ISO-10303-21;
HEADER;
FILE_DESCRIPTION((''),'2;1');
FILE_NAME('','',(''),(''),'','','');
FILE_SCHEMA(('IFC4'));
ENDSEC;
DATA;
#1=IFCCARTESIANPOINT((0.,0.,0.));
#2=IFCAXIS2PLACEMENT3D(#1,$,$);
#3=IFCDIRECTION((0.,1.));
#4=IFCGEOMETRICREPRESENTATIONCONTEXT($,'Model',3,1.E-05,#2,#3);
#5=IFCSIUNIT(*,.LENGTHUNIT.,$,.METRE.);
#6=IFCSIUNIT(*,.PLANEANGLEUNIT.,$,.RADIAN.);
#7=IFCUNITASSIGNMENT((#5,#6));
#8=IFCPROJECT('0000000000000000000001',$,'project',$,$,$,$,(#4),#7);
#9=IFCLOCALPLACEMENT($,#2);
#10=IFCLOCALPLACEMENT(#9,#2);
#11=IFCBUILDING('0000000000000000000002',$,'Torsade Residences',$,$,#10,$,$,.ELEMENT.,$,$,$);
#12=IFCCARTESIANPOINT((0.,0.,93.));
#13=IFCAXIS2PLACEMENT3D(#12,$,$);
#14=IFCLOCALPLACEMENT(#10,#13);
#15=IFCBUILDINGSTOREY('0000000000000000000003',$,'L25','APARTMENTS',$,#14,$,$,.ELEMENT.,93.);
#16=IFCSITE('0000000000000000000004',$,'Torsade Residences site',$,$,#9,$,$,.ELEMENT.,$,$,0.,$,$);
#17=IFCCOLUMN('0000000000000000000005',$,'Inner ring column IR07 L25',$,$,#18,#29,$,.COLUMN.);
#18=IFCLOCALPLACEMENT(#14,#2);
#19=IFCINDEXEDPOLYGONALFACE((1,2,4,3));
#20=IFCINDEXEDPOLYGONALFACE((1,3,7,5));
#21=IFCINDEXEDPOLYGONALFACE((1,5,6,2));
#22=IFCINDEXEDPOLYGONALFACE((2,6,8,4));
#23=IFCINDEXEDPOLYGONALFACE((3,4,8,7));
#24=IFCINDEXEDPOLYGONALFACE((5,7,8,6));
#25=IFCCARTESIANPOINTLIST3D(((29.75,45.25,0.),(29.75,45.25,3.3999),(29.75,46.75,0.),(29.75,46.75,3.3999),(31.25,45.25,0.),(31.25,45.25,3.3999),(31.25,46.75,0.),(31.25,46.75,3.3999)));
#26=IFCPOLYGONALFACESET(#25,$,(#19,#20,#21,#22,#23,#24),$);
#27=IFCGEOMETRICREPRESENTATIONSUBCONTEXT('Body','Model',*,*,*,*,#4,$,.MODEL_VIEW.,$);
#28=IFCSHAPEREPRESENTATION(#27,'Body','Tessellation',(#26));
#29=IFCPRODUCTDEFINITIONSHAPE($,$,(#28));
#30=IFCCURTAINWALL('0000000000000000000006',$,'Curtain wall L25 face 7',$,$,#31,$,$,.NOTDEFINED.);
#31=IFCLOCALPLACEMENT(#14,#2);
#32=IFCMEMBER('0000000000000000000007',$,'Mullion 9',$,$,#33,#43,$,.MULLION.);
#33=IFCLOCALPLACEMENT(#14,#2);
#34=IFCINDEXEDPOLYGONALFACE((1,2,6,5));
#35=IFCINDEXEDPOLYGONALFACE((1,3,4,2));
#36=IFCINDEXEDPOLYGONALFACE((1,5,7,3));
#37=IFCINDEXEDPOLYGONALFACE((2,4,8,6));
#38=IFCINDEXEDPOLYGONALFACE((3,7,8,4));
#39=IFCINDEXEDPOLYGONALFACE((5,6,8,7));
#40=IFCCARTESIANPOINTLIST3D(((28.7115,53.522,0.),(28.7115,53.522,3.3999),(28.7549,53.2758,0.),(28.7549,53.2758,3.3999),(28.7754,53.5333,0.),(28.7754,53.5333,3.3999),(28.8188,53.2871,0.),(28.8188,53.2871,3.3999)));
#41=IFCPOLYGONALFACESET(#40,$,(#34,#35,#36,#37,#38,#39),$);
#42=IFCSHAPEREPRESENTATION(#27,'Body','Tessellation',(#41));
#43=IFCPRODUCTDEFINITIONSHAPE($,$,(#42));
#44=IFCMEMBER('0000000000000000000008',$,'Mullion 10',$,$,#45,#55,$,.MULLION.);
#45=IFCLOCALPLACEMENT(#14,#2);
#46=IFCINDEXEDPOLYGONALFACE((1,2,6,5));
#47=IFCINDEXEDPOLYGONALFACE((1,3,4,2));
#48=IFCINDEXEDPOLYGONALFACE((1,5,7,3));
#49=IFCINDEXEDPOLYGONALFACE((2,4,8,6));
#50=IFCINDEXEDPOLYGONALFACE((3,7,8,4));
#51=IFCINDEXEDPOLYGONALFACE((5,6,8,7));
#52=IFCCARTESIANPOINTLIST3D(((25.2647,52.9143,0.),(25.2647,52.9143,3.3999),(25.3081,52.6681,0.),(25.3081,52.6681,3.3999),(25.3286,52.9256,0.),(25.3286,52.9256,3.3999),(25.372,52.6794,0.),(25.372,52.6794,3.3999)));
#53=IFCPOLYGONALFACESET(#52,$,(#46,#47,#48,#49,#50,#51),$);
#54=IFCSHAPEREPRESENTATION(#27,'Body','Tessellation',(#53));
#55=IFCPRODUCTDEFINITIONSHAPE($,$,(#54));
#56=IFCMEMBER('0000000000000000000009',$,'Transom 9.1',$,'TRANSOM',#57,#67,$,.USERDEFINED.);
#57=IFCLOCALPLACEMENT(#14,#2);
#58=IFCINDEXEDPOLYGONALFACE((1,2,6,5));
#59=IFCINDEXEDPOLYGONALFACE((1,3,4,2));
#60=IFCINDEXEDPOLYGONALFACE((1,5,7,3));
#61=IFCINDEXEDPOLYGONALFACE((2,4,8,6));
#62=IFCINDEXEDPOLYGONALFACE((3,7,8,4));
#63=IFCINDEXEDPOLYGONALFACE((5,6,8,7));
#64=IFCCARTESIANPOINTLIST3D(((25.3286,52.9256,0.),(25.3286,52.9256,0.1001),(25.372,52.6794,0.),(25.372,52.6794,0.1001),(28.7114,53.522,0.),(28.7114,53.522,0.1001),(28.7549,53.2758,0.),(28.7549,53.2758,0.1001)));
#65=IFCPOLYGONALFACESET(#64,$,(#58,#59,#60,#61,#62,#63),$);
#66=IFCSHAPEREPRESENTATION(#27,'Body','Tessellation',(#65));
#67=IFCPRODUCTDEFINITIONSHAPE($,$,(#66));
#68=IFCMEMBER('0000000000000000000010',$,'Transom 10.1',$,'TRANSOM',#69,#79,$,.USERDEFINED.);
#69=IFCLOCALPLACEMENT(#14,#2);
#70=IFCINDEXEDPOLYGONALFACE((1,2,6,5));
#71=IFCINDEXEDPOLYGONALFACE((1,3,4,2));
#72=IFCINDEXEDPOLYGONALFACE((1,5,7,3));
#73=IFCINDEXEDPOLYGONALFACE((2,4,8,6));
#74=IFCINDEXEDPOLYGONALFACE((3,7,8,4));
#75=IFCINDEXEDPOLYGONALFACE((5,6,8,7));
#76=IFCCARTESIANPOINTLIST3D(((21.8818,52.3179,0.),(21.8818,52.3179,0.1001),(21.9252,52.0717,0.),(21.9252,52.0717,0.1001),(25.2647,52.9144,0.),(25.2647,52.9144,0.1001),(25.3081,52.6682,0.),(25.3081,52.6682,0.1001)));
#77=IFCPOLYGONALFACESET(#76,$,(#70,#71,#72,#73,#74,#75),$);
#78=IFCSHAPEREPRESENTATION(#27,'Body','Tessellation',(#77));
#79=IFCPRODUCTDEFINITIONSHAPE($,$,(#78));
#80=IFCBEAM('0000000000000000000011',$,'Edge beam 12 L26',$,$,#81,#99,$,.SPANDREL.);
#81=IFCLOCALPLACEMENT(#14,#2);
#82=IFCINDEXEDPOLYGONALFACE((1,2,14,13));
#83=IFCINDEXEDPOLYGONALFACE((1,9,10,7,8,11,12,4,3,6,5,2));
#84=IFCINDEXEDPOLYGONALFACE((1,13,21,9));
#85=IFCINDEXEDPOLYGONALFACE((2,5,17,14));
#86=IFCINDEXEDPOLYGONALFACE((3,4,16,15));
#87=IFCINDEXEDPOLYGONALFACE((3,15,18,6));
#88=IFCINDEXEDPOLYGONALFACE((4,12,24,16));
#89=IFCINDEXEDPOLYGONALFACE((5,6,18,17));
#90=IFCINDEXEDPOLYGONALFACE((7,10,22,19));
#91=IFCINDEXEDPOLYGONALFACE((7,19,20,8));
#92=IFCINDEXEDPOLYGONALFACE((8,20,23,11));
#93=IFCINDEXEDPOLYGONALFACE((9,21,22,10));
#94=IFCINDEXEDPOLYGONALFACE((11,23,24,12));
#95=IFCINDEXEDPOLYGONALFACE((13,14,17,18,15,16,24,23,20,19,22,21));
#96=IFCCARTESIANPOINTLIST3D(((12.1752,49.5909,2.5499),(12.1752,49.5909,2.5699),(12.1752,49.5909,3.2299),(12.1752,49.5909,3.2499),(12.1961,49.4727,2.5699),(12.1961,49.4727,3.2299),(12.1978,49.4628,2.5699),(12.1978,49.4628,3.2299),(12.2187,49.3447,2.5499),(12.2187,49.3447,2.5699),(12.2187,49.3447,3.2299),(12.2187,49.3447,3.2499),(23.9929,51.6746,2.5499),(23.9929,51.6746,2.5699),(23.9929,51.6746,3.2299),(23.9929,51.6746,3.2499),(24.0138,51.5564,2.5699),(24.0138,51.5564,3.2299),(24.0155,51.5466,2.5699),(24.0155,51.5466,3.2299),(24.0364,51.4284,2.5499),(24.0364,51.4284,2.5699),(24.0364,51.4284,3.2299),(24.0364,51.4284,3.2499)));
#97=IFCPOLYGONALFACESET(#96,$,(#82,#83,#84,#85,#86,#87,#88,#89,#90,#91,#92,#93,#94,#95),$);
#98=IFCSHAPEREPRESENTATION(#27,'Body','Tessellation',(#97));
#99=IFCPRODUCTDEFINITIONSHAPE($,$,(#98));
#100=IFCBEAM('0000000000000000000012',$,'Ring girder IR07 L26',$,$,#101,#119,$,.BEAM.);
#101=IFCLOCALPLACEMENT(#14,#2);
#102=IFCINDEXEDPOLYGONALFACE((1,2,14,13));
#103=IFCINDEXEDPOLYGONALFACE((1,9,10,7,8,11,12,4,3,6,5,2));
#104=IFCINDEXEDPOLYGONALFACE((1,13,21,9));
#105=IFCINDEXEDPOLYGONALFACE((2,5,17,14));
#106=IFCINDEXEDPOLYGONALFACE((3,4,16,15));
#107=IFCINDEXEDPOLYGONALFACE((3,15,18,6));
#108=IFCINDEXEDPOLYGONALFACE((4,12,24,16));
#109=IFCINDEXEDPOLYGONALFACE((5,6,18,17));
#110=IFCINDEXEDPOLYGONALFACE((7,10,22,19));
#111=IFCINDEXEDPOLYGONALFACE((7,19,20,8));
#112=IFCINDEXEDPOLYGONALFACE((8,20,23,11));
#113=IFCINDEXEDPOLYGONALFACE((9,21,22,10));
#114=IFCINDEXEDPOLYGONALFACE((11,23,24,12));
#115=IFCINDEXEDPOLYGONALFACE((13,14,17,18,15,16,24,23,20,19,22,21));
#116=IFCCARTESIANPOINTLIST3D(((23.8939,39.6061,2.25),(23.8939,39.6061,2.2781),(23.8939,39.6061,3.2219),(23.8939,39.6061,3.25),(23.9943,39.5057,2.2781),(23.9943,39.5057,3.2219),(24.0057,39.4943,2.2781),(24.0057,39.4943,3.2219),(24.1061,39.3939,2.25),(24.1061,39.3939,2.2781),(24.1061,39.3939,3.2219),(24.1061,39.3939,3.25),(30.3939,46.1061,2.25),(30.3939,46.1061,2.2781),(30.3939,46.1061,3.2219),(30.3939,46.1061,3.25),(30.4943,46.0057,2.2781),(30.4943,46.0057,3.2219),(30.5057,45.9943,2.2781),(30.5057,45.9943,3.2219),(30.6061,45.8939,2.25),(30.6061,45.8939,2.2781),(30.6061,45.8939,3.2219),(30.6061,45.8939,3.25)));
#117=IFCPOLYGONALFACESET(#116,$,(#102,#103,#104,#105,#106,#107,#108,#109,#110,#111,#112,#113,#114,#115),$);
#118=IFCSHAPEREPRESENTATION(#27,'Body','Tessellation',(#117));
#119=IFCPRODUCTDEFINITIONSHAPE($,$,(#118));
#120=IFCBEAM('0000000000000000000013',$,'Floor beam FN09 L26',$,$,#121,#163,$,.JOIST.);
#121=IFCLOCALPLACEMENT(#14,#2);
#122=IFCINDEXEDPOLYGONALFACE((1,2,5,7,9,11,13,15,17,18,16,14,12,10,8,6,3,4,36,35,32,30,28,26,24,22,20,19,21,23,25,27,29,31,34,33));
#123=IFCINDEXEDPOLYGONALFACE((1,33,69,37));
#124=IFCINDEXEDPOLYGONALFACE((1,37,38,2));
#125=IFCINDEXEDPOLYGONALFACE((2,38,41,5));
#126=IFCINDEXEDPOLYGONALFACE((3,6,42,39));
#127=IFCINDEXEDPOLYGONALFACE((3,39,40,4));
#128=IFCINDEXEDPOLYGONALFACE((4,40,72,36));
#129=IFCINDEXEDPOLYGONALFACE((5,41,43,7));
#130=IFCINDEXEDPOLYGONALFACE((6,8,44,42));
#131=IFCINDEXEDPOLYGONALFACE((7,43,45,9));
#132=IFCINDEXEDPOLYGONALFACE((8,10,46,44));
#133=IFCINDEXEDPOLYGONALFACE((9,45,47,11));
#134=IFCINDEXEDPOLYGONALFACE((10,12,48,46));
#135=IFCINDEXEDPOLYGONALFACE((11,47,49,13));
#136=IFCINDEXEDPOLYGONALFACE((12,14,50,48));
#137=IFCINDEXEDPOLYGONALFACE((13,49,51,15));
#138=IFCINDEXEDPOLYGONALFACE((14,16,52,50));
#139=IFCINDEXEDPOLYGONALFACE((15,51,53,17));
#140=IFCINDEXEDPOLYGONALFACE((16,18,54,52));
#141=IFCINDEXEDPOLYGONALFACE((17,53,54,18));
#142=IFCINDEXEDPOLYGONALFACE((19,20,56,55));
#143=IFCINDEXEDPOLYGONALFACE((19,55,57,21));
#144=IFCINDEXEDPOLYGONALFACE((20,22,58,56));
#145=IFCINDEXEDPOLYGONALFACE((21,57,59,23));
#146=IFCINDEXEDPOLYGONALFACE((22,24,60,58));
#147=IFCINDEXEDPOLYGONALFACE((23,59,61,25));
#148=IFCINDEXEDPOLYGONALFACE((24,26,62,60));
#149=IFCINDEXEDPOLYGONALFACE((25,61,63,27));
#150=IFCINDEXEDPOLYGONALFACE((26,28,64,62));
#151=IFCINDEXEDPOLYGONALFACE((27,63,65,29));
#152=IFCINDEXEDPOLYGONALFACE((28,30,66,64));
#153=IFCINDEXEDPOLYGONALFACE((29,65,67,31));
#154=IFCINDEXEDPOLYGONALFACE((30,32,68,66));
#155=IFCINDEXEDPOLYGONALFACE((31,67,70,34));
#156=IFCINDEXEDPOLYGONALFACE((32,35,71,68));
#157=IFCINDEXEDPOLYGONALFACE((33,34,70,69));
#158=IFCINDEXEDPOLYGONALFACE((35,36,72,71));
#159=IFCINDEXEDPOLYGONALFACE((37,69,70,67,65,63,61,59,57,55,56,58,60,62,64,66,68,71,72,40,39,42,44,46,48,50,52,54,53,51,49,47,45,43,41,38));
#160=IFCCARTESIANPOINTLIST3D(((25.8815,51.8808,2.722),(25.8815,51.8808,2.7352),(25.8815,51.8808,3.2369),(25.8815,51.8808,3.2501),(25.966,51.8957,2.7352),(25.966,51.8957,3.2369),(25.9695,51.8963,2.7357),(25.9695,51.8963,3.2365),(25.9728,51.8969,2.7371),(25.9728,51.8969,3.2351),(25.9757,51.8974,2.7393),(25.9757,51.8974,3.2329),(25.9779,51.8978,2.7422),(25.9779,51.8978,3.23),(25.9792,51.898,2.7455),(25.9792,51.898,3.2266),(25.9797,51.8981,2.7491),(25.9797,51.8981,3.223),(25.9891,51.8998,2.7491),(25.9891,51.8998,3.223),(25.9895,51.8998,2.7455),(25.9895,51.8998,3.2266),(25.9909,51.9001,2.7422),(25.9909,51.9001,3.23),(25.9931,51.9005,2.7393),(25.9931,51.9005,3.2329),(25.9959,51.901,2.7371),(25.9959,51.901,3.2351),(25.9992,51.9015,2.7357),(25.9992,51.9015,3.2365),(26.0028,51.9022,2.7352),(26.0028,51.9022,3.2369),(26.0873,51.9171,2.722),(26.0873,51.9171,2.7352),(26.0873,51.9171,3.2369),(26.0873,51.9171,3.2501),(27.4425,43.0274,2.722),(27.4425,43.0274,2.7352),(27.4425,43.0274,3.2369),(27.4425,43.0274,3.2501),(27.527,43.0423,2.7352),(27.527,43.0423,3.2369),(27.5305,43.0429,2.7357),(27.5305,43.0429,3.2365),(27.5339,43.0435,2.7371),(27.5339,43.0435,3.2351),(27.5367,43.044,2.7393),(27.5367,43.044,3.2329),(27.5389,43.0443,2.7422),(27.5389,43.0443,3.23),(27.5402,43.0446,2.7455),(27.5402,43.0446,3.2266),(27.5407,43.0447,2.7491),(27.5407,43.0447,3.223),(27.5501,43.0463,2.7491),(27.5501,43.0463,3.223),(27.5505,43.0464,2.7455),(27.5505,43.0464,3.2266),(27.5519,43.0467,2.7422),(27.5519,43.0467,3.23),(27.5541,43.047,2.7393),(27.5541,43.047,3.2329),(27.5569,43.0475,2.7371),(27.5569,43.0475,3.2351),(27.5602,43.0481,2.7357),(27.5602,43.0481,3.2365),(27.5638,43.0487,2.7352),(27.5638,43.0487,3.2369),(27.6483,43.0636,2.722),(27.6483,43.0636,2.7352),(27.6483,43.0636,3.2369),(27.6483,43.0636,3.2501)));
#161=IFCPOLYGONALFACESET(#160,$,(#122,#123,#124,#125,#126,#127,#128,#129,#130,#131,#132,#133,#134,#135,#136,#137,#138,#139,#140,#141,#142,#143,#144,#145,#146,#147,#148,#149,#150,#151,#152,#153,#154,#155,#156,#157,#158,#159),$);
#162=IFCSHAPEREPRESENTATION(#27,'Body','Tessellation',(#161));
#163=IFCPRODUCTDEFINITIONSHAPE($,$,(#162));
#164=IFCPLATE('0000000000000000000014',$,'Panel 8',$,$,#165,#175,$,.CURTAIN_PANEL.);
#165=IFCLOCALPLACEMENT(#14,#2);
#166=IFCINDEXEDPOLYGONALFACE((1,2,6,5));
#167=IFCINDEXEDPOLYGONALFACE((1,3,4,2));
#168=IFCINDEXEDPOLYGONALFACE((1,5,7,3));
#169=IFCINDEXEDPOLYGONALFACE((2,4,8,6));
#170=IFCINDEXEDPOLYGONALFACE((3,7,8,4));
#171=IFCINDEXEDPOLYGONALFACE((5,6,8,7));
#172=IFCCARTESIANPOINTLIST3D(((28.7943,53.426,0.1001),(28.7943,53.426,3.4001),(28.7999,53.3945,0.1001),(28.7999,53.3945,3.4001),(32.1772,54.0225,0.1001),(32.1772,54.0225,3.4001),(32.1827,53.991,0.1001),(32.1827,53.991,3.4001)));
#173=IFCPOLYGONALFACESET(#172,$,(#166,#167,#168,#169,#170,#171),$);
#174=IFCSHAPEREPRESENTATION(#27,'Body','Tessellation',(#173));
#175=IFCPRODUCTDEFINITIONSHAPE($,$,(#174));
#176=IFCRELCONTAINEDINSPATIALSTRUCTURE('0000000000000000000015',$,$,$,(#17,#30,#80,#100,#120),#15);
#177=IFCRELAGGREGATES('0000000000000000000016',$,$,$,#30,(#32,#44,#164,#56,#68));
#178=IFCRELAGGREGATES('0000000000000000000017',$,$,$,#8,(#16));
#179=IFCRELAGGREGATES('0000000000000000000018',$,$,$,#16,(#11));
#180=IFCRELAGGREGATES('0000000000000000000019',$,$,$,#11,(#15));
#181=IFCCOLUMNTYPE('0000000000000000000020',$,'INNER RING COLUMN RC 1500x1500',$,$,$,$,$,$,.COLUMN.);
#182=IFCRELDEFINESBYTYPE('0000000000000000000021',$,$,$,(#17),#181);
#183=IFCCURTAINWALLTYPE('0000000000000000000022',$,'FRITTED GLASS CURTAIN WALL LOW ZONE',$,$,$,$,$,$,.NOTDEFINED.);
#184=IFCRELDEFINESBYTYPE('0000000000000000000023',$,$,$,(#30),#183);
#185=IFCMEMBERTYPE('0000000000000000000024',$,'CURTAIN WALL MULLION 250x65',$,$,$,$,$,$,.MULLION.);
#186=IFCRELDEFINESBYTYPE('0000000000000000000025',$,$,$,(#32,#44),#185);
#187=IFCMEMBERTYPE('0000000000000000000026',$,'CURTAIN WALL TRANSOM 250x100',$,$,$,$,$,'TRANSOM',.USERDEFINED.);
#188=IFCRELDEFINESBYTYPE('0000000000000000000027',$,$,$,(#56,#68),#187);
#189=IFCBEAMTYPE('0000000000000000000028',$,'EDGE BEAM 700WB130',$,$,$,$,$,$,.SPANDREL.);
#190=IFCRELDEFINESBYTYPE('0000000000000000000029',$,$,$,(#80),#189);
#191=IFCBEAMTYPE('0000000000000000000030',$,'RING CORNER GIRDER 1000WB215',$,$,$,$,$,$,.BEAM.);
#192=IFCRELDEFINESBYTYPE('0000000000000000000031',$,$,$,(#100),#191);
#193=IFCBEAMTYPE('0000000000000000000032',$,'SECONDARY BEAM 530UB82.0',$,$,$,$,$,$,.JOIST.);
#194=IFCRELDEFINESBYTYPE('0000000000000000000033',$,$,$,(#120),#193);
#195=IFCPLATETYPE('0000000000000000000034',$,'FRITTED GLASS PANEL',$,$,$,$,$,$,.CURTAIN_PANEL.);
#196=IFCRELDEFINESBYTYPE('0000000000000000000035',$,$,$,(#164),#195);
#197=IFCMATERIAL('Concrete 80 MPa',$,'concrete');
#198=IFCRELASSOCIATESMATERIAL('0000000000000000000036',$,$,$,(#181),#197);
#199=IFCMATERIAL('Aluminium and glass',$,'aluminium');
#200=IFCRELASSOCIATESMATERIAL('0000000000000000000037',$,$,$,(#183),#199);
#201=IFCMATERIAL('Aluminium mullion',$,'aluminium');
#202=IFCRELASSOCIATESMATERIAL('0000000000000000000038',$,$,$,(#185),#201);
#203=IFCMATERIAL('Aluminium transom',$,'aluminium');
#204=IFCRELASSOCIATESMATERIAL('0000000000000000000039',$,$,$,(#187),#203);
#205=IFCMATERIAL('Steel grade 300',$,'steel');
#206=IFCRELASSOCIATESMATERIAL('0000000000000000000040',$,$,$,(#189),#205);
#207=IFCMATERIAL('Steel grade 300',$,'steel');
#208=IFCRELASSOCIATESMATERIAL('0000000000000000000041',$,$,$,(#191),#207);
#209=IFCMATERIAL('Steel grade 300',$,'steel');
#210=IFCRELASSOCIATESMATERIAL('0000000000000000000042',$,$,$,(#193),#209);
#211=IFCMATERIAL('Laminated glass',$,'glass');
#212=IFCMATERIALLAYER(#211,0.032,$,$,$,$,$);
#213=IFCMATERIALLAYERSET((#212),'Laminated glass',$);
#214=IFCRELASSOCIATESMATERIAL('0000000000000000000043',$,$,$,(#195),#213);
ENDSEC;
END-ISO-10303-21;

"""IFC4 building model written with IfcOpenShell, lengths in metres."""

from ifc_helpers import new_model, si_unit, direction, frame, origin, origin_2d, place, context, subcontext, project, spatial, rectangle, i_section, extrude, material, layer, layer_set, material_profile, profile_set, type_object, element, aggregate, save


model = new_model("IFC4")

# Units and contexts
model_context = context("Model", 3, precision=1e-05, world=origin(), true_north=direction((0.0, 1.0)))
body_context = subcontext(model_context, "Body", "Model", "MODEL_VIEW")
ifc_project = project(units=[si_unit("LENGTHUNIT", "METRE"), si_unit("PLANEANGLEUNIT", "RADIAN")], contexts=[model_context])

# Site, building, storey
site_placement = place(None, origin())
site = spatial("IfcSite", under=ifc_project, at=site_placement, Name="Torsade Residences site", CompositionType="ELEMENT", RefElevation=0.0)
building_placement = place(site_placement, origin())
building = spatial("IfcBuilding", under=site, at=building_placement, Name="Torsade Residences", CompositionType="ELEMENT")
storey_placement = place(building_placement, frame((0.0, 0.0, 93.0)))
storey = spatial("IfcBuildingStorey", under=building, at=storey_placement, Name="L25", Description="APARTMENTS", CompositionType="ELEMENT", Elevation=93.0)

# Column
ifc_material_1 = material(Name="Concrete 80 MPa", Category="concrete")
ifc_material_profile_1 = material_profile(ifc_material_1, rectangle(XDim=1.5, YDim=1.5, at=origin_2d()), Name="RC 1500x1500")
ifc_profile_set_1 = profile_set([ifc_material_profile_1], Name="Concrete 80 MPa")
column_type = type_object("IfcColumnType", Name="INNER RING COLUMN RC 1500x1500", PredefinedType="COLUMN", material=ifc_profile_set_1)
column_placement = place(storey_placement, frame((30.5, 46.0, 0.0), z_axis=(0.0, 0.0, 1.0), x_axis=(1.0, 0.0, 0.0)))
element("IfcColumn", 1, at=column_placement, inside=storey, type_object=column_type, Name="Inner ring column IR07 L25", PredefinedType="COLUMN", context=body_context, shape_type="SweptSolid", body=[
    extrude(rectangle(XDim=1.5, YDim=1.5, at=origin_2d()), origin(), (0.0, 0.0, 1.0), 3.3999),
])

# Curtain wall, members
ifc_material_2 = material(Name="Aluminium and glass", Category="aluminium")
curtain_wall_type = type_object("IfcCurtainWallType", Name="FRITTED GLASS CURTAIN WALL LOW ZONE", PredefinedType="NOTDEFINED", material=ifc_material_2)
curtain_wall_placement = place(storey_placement, origin())
curtain_wall = element("IfcCurtainWall", 2, at=curtain_wall_placement, inside=storey, type_object=curtain_wall_type, Name="Curtain wall L25 face 7", PredefinedType="NOTDEFINED")
ifc_material_3 = material(Name="Aluminium mullion", Category="aluminium")
ifc_material_profile_2 = material_profile(ifc_material_3, rectangle(XDim=0.25, YDim=0.0649, at=origin_2d()), Name="CURTAIN WALL MULLION 250x65")
ifc_profile_set_2 = profile_set([ifc_material_profile_2], Name="Aluminium mullion")
member_type_1 = type_object("IfcMemberType", Name="CURTAIN WALL MULLION 250x65", PredefinedType="MULLION", material=ifc_profile_set_2)
member_1_placement = place(storey_placement, frame((28.7651, 53.4045, 0.0), z_axis=(0.0, 0.0, 1.0), x_axis=(0.173648, -0.984808, 0.0)))
member_1 = element("IfcMember", 3, at=member_1_placement, type_object=member_type_1, Name="Mullion 9", PredefinedType="MULLION", context=body_context, shape_type="SweptSolid", body=[
    extrude(rectangle(XDim=0.25, YDim=0.0649, at=origin_2d()), origin(), (0.0, 0.0, 1.0), 3.3999),
])
member_2_placement = place(storey_placement, frame((25.3184, 52.7969, 0.0), z_axis=(0.0, 0.0, 1.0), x_axis=(0.173648, -0.984808, 0.0)))
member_2 = element("IfcMember", 4, at=member_2_placement, type_object=member_type_1, Name="Mullion 10", PredefinedType="MULLION", context=body_context, shape_type="SweptSolid", body=[
    extrude(rectangle(XDim=0.25, YDim=0.0649, at=origin_2d()), origin(), (0.0, 0.0, 1.0), 3.3999),
])
ifc_material_4 = material(Name="Aluminium transom", Category="aluminium")
ifc_material_profile_3 = material_profile(ifc_material_4, rectangle(XDim=0.25, YDim=0.1001, at=origin_2d()), Name="CURTAIN WALL TRANSOM 250x100")
ifc_profile_set_3 = profile_set([ifc_material_profile_3], Name="Aluminium transom")
member_type_2 = type_object("IfcMemberType", Name="CURTAIN WALL TRANSOM 250x100", ElementType="TRANSOM", PredefinedType="USERDEFINED", material=ifc_profile_set_3)
member_3_placement = place(storey_placement, frame((28.7332, 53.3989, 0.05), z_axis=(-0.98481, -0.173635, 0.0), x_axis=(0.173635, -0.98481, 0.0)))
member_3 = element("IfcMember", 5, at=member_3_placement, type_object=member_type_2, Name="Transom 9.1", ObjectType="TRANSOM", PredefinedType="USERDEFINED", context=body_context, shape_type="SweptSolid", body=[
    extrude(rectangle(XDim=0.25, YDim=0.1001, at=origin_2d()), origin(), (0.0, 0.0, 1.0), 3.4351),
])
member_4_placement = place(storey_placement, frame((25.2864, 52.7913, 0.05), z_axis=(-0.98481, -0.173635, 0.0), x_axis=(0.173635, -0.98481, 0.0)))
member_4 = element("IfcMember", 6, at=member_4_placement, type_object=member_type_2, Name="Transom 10.1", ObjectType="TRANSOM", PredefinedType="USERDEFINED", context=body_context, shape_type="SweptSolid", body=[
    extrude(rectangle(XDim=0.25, YDim=0.1001, at=origin_2d()), origin(), (0.0, 0.0, 1.0), 3.4351),
])

# Beams
ifc_material_5 = material(Name="Steel grade 300", Category="steel")
ifc_material_profile_4 = material_profile(ifc_material_5, i_section(OverallWidth=0.25, OverallDepth=0.7, WebThickness=0.01, FlangeThickness=0.02, at=origin_2d()), Name="700WB130")
ifc_profile_set_4 = profile_set([ifc_material_profile_4], Name="Steel grade 300")
beam_type_1 = type_object("IfcBeamType", Name="EDGE BEAM 700WB130", PredefinedType="SPANDREL", material=ifc_profile_set_4)
beam_1_placement = place(storey_placement, frame((24.0146, 51.5515, 2.8999), z_axis=(-0.984808, -0.173646, 0.0), x_axis=(0.173646, -0.984808, 0.0)))
element("IfcBeam", 7, at=beam_1_placement, inside=storey, type_object=beam_type_1, Name="Edge beam 12 L26", PredefinedType="SPANDREL", context=body_context, shape_type="SweptSolid", body=[
    extrude(i_section(OverallWidth=0.25, OverallDepth=0.7, WebThickness=0.01, FlangeThickness=0.02, at=origin_2d()), origin(), (0.0, 0.0, 1.0), 12.0),
])
ifc_material_6 = material(Name="Steel grade 300", Category="steel")
ifc_material_profile_5 = material_profile(ifc_material_6, i_section(OverallWidth=0.3, OverallDepth=1.0, WebThickness=0.0161, FlangeThickness=0.0281, at=origin_2d()), Name="1000WB215")
ifc_profile_set_5 = profile_set([ifc_material_profile_5], Name="Steel grade 300")
beam_type_2 = type_object("IfcBeamType", Name="RING CORNER GIRDER 1000WB215", PredefinedType="BEAM", material=ifc_profile_set_5)
beam_2_placement = place(storey_placement, frame((30.5, 46.0, 2.75), z_axis=(-0.707107, -0.707107, 0.0), x_axis=(0.707107, -0.707107, 0.0)))
element("IfcBeam", 8, at=beam_2_placement, inside=storey, type_object=beam_type_2, Name="Ring girder IR07 L26", PredefinedType="BEAM", context=body_context, shape_type="SweptSolid", body=[
    extrude(i_section(OverallWidth=0.3, OverallDepth=1.0, WebThickness=0.0161, FlangeThickness=0.0281, at=origin_2d()), origin(), (0.0, 0.0, 1.0), 9.1924),
])
ifc_material_7 = material(Name="Steel grade 300", Category="steel")
ifc_material_profile_6 = material_profile(ifc_material_7, i_section(OverallWidth=0.209, OverallDepth=0.5281, WebThickness=0.0095, FlangeThickness=0.0132, FilletRadius=0.0139, at=origin_2d()), Name="530UB82.0")
ifc_profile_set_6 = profile_set([ifc_material_profile_6], Name="Steel grade 300")
beam_type_3 = type_object("IfcBeamType", Name="SECONDARY BEAM 530UB82.0", PredefinedType="JOIST", material=ifc_profile_set_6)
beam_3_placement = place(storey_placement, frame((25.9844, 51.8989, 2.9861), z_axis=(0.17364, -0.984809, 0.0), x_axis=(0.984809, 0.17364, 0.0)))
element("IfcBeam", 9, at=beam_3_placement, inside=storey, type_object=beam_type_3, Name="Floor beam FN09 L26", PredefinedType="JOIST", context=body_context, shape_type="SweptSolid", body=[
    extrude(i_section(OverallWidth=0.209, OverallDepth=0.5281, WebThickness=0.0095, FlangeThickness=0.0132, FilletRadius=0.0139, at=origin_2d()), origin(), (0.0, 0.0, 1.0), 8.99),
])

# Plate
ifc_material_8 = material(Name="Laminated glass", Category="glass")
ifc_layer_1 = layer(ifc_material_8, 0.032)
ifc_layer_set_1 = layer_set([ifc_layer_1], Name="Laminated glass")
plate_type = type_object("IfcPlateType", Name="FRITTED GLASS PANEL", PredefinedType="CURTAIN_PANEL", material=ifc_layer_set_1)
plate_1_placement = place(storey_placement, frame((30.4885, 53.7085, 0.1001), z_axis=(0.0, 0.0, 1.0), x_axis=(-0.984808, -0.173648, 0.0)))
plate_1 = element("IfcPlate", 10, at=plate_1_placement, type_object=plate_type, Name="Panel 8", PredefinedType="CURTAIN_PANEL", context=body_context, shape_type="SweptSolid", body=[
    extrude(rectangle(XDim=3.4351, YDim=0.032, at=origin_2d()), origin(), (0.0, 0.0, 1.0), 3.3),
])
aggregate(curtain_wall, [member_1, member_2, plate_1, member_3, member_4])

save(model, "model.ifc")
